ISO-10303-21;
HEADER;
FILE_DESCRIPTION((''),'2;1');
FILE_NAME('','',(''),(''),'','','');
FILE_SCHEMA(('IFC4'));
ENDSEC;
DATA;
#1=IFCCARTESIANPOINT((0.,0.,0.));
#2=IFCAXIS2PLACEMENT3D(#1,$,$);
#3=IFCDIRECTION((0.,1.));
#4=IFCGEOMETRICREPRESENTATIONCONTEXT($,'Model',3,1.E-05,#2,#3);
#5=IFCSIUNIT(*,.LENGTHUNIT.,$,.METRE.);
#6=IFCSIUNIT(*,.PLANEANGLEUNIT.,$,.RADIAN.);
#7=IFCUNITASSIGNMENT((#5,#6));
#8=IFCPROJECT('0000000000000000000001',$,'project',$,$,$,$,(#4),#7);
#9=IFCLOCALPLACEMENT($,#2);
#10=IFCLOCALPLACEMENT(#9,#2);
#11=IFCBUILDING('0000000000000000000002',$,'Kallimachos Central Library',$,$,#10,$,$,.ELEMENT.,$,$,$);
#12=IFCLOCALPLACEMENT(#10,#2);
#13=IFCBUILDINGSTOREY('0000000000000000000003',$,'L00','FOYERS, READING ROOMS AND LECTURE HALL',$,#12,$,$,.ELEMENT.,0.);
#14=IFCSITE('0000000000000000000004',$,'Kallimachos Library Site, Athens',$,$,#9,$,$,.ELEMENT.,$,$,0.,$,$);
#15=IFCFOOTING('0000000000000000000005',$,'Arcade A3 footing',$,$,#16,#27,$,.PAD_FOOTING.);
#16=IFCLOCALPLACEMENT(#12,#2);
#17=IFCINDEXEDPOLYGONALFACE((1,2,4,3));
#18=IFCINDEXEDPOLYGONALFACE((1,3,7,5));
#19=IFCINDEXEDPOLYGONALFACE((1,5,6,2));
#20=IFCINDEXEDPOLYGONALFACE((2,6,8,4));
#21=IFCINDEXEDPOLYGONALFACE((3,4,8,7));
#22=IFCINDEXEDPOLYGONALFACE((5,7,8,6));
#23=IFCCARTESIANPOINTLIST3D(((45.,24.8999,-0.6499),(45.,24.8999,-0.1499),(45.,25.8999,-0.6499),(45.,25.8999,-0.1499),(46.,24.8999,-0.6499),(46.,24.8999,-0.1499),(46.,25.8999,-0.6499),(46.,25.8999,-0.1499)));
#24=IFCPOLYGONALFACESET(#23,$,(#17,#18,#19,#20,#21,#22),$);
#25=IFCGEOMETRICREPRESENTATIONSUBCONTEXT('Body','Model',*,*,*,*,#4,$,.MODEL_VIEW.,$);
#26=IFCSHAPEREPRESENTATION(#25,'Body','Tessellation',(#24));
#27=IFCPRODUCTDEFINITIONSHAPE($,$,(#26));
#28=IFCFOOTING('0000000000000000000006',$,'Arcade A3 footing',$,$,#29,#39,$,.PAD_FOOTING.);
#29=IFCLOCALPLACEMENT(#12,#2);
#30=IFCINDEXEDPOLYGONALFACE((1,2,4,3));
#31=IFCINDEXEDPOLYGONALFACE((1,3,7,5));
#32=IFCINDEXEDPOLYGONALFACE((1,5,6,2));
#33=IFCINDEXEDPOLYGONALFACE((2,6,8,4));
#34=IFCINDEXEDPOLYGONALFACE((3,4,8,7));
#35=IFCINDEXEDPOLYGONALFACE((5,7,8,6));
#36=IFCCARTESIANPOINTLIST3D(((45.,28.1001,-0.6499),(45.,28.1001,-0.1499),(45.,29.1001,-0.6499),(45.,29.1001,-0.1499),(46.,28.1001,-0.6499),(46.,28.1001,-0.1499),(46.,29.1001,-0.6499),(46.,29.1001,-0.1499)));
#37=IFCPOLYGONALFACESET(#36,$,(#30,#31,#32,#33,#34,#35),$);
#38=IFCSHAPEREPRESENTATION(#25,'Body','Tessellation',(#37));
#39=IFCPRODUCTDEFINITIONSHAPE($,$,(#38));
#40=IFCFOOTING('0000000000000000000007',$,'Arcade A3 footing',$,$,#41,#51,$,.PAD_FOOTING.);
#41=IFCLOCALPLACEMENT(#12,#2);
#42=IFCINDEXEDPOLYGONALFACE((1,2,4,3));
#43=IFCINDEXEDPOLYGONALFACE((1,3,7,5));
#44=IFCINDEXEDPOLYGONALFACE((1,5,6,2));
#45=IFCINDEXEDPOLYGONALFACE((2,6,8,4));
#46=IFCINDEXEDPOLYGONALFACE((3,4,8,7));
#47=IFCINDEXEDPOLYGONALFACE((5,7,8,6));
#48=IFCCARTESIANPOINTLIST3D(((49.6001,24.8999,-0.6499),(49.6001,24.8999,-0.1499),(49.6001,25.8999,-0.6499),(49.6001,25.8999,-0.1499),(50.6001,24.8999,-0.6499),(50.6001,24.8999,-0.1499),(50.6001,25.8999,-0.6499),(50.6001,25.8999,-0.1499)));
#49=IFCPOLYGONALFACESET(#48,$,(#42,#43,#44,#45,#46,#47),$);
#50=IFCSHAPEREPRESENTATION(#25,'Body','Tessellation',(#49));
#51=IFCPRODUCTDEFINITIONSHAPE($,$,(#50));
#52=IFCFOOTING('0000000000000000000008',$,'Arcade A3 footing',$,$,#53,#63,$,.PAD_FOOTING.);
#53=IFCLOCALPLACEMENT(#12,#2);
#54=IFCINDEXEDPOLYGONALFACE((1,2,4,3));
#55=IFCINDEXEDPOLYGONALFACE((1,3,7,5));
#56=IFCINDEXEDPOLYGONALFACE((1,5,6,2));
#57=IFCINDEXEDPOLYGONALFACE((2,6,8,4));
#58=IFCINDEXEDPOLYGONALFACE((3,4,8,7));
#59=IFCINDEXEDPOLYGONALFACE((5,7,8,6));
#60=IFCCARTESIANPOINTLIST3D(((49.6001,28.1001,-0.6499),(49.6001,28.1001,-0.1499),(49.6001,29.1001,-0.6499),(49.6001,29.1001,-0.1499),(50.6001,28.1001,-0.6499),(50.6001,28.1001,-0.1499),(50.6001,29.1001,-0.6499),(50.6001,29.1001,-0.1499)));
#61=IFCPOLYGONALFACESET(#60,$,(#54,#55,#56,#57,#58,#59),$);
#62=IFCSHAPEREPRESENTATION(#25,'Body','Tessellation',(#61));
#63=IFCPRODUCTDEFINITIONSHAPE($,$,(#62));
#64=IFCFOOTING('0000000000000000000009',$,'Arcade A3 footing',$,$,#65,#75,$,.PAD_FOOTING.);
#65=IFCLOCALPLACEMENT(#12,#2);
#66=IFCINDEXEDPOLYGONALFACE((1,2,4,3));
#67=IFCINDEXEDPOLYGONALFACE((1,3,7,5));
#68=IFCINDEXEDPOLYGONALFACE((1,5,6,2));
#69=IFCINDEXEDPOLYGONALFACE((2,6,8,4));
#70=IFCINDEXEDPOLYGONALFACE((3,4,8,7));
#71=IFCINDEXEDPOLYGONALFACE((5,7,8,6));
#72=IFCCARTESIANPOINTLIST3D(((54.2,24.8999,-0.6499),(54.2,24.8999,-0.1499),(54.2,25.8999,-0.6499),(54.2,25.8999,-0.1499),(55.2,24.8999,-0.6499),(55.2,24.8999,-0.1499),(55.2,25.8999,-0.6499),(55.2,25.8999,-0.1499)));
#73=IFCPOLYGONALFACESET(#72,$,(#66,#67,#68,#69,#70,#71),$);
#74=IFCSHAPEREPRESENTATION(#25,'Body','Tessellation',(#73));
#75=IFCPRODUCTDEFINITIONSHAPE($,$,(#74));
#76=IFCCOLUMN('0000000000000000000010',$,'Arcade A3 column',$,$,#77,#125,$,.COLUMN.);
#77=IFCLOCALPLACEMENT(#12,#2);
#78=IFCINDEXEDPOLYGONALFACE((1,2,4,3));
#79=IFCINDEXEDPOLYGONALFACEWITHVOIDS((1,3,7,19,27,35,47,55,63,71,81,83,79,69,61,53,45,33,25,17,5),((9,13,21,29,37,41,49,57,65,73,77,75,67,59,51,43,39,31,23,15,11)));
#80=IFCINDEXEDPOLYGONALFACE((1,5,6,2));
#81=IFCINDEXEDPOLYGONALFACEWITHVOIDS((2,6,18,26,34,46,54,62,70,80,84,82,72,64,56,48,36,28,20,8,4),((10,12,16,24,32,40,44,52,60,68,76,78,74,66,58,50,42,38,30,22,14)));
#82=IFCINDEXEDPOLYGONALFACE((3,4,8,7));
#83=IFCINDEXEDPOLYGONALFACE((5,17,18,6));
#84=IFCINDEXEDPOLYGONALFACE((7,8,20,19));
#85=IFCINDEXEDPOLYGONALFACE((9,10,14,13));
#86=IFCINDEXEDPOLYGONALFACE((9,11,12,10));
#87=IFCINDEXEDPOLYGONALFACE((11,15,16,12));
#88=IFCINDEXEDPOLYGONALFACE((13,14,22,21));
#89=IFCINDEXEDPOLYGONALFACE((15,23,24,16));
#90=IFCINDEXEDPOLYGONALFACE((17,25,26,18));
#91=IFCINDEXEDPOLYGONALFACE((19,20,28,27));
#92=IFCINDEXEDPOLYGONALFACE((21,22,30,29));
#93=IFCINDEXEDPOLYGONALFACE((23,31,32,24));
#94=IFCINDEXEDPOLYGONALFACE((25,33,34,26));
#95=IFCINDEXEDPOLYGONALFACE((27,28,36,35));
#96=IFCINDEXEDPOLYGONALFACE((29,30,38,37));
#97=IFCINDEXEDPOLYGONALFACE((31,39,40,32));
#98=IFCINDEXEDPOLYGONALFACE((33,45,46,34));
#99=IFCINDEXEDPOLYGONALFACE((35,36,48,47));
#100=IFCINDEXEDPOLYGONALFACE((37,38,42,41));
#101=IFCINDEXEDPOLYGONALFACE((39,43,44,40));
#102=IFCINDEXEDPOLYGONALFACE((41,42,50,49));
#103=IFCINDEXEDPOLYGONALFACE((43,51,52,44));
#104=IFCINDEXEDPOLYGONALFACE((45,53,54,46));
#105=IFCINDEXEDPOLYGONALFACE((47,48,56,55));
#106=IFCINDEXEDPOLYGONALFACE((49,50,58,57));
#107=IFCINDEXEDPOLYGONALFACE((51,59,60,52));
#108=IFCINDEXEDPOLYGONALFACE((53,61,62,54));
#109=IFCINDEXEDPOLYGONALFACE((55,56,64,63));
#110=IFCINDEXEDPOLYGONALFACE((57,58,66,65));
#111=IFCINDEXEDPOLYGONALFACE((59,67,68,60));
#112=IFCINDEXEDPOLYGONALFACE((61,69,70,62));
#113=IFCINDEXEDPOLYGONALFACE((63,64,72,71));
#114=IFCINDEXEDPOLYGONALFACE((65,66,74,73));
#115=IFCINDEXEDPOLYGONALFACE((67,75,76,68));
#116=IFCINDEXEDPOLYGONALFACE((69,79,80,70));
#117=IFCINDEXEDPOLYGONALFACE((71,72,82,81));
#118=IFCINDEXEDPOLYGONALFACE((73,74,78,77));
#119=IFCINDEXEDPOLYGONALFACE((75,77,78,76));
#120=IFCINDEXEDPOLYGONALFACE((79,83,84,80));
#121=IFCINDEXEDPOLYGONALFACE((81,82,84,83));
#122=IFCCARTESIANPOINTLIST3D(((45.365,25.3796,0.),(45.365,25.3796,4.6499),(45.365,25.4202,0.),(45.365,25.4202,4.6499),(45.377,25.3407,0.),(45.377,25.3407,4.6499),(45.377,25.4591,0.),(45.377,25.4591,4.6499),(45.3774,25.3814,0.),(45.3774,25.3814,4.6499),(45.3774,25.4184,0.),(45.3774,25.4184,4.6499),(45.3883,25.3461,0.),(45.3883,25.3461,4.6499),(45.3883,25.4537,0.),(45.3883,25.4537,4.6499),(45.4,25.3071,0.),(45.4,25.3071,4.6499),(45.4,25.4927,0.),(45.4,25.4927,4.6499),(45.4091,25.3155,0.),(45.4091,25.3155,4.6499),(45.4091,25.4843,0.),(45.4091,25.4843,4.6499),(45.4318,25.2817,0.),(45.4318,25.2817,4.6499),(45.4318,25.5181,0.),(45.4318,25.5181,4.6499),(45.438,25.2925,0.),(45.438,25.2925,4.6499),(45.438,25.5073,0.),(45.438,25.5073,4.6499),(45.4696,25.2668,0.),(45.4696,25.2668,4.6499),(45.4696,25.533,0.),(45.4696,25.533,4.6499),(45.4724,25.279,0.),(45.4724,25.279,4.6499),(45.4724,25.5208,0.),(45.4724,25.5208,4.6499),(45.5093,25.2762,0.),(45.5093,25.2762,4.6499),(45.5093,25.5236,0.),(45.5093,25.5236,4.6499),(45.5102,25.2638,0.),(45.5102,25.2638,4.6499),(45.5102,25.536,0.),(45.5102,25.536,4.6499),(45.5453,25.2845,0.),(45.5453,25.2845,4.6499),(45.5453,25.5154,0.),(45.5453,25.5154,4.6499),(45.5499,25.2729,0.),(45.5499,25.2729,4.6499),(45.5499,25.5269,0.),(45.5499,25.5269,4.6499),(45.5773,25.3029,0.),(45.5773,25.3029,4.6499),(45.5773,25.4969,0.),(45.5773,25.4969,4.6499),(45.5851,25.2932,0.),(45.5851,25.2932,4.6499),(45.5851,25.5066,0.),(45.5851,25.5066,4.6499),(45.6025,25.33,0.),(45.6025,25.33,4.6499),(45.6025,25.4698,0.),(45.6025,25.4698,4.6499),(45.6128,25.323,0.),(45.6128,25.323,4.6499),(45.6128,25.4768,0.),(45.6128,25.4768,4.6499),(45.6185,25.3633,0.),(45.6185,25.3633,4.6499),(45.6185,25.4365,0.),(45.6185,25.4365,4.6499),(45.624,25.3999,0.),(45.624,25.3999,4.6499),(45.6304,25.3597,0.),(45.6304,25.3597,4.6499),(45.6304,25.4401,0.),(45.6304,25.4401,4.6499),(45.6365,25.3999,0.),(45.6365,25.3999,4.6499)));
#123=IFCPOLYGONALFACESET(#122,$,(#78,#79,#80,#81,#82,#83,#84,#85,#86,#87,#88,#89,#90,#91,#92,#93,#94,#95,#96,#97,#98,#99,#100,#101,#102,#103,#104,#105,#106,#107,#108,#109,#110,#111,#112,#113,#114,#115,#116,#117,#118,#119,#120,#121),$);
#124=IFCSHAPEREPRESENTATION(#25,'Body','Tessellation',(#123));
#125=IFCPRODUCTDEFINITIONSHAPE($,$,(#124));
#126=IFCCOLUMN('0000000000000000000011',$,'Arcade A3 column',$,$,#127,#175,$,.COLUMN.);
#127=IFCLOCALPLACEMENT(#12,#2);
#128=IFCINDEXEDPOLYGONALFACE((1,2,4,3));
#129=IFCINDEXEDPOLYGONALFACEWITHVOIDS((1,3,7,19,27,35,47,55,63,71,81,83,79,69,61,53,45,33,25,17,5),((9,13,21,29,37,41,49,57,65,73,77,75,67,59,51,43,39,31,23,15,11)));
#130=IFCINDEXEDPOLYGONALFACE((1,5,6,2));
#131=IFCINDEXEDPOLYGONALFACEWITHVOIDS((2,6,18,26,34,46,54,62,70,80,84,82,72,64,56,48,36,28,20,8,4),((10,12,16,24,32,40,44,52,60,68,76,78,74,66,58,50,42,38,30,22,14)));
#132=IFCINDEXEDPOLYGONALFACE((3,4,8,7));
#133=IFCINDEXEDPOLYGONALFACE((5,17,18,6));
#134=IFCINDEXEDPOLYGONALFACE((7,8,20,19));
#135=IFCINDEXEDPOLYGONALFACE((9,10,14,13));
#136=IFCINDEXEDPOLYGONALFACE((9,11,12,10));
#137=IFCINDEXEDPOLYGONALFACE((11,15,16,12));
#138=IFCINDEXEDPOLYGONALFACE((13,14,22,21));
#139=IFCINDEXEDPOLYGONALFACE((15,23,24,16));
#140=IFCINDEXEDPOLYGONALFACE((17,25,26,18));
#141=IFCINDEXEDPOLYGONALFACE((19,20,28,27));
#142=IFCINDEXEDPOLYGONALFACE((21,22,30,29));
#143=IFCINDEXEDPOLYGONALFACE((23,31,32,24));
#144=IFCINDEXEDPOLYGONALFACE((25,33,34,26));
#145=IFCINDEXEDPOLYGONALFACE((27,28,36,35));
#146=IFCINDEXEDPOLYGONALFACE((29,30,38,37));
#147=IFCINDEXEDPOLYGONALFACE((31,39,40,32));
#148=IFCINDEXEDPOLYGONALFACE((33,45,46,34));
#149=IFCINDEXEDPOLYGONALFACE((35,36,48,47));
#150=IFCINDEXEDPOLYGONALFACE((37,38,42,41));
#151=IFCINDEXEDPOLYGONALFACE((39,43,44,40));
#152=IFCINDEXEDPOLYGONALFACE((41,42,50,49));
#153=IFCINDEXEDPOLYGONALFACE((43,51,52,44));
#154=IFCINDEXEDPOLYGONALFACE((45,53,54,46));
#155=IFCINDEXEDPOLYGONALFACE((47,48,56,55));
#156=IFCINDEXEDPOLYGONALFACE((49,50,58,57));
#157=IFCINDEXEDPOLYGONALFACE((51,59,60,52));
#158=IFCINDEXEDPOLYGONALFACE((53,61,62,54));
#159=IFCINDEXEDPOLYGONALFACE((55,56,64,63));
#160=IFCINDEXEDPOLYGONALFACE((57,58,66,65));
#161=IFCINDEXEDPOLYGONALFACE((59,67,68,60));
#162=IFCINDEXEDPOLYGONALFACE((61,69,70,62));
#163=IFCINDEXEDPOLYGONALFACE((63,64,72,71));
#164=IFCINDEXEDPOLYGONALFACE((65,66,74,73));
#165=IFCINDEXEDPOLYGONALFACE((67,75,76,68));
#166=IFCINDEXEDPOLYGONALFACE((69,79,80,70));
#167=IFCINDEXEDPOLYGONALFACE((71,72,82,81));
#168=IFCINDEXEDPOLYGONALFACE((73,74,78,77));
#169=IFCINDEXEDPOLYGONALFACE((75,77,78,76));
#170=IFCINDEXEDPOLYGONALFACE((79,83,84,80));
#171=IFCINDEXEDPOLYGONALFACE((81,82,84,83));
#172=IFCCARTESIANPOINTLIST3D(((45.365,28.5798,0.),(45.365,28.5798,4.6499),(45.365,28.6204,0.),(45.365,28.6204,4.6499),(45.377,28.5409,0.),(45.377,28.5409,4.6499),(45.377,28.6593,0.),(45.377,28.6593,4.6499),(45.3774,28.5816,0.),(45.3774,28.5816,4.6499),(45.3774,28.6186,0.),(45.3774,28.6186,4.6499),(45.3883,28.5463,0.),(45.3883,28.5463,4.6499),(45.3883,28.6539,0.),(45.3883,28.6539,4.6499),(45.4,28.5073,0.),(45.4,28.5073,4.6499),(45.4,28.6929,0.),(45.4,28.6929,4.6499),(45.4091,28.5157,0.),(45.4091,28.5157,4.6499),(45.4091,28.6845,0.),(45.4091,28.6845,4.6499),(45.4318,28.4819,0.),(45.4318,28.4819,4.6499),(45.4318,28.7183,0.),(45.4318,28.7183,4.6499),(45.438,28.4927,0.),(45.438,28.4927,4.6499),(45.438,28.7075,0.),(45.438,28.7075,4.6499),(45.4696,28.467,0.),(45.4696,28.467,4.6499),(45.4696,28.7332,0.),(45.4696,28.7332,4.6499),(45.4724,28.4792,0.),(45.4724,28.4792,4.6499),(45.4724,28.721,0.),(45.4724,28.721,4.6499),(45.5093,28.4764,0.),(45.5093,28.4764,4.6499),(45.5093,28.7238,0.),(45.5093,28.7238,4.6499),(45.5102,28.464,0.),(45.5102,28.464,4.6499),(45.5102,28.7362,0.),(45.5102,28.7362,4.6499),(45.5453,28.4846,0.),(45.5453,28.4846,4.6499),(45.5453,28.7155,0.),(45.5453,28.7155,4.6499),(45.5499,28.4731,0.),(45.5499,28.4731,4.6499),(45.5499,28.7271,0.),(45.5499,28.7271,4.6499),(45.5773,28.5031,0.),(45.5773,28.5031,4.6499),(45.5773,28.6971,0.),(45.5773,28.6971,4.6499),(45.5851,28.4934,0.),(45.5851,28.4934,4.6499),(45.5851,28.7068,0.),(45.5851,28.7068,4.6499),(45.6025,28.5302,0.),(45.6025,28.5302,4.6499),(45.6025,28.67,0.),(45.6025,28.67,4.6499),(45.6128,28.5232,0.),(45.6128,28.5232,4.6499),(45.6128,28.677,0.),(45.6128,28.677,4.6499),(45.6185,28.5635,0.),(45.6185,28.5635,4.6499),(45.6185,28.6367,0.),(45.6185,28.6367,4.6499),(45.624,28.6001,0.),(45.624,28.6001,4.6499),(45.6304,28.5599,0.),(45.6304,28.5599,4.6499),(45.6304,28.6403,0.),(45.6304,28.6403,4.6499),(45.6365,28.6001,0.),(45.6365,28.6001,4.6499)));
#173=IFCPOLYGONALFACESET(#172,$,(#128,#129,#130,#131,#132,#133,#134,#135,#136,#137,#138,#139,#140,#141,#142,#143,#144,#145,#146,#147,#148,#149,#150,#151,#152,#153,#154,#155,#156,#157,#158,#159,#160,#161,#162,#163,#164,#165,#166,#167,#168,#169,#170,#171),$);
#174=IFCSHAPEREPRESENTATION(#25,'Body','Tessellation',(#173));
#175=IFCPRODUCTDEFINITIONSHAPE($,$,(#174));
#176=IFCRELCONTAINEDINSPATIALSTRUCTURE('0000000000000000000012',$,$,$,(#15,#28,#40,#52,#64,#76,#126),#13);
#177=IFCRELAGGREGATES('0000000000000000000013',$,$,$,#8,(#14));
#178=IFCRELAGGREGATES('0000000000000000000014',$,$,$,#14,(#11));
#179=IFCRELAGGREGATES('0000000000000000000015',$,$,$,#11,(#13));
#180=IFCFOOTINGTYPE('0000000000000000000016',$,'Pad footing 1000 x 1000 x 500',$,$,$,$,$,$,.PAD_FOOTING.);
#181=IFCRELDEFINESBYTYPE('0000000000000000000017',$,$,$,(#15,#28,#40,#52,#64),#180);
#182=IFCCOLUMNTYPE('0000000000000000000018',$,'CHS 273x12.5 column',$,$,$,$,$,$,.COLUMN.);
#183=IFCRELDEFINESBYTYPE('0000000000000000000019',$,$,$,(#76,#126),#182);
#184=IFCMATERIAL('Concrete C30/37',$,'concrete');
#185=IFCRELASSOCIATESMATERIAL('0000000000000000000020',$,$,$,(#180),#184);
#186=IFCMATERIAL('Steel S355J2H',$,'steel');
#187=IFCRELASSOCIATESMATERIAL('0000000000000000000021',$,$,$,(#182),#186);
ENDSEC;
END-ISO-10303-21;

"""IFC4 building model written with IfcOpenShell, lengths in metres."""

from ifc_helpers import new_model, si_unit, direction, frame, origin, origin_2d, place, context, subcontext, project, spatial, rectangle, hollow_circle, extrude, material, material_profile, profile_set, type_object, element, save


model = new_model("IFC4")

# Units and contexts
model_context = context("Model", 3, precision=1e-05, world=origin(), true_north=direction((0.0, 1.0)))
body_context = subcontext(model_context, "Body", "Model", "MODEL_VIEW")
ifc_project = project(units=[si_unit("LENGTHUNIT", "METRE"), si_unit("PLANEANGLEUNIT", "RADIAN")], contexts=[model_context])

# Site, building, storey
site_placement = place(None, origin())
site = spatial("IfcSite", under=ifc_project, at=site_placement, Name="Kallimachos Library Site, Athens", CompositionType="ELEMENT", RefElevation=0.0)
building_placement = place(site_placement, origin())
building = spatial("IfcBuilding", under=site, at=building_placement, Name="Kallimachos Central Library", CompositionType="ELEMENT")
storey_placement = place(building_placement, origin())
storey = spatial("IfcBuildingStorey", under=building, at=storey_placement, Name="L00", Description="FOYERS, READING ROOMS AND LECTURE HALL", CompositionType="ELEMENT", Elevation=0.0)

# Footings
ifc_material_1 = material(Name="Concrete C30/37", Category="concrete")
footing_type = type_object("IfcFootingType", Name="Pad footing 1000 x 1000 x 500", PredefinedType="PAD_FOOTING", material=ifc_material_1)
for number, where, z_axis, x_axis, name in (
    (1, (45.5, 25.3999, -0.6499), (0.0, 0.0, 1.0), (1.0, 0.0, 0.0), "Arcade A3 footing"),
    (2, (45.5, 28.6001, -0.6499), (0.0, 0.0, 1.0), (1.0, 0.0, 0.0), "Arcade A3 footing"),
    (3, (50.1001, 25.3999, -0.6499), (0.0, 0.0, 1.0), (1.0, 0.0, 0.0), "Arcade A3 footing"),
    (4, (50.1001, 28.6001, -0.6499), (0.0, 0.0, 1.0), (1.0, 0.0, 0.0), "Arcade A3 footing"),
    (5, (54.7, 25.3999, -0.6499), (0.0, 0.0, 1.0), (1.0, 0.0, 0.0), "Arcade A3 footing"),
):
    element("IfcFooting", number, at=place(storey_placement, frame(where, z_axis=z_axis, x_axis=x_axis)), inside=storey, type_object=footing_type, Name=name, PredefinedType="PAD_FOOTING", context=body_context, shape_type="SweptSolid", body=[
        extrude(rectangle(XDim=1.0, YDim=1.0, at=origin_2d()), origin(), (0.0, 0.0, 1.0), 0.5),
    ])

# Columns
ifc_material_2 = material(Name="Steel S355J2H", Category="steel")
ifc_material_profile_1 = material_profile(ifc_material_2, hollow_circle(Radius=0.1365, WallThickness=0.0125, at=origin_2d()), Name="CHS 273x12.5")
ifc_profile_set_1 = profile_set([ifc_material_profile_1], Name="Steel S355J2H")
column_type = type_object("IfcColumnType", Name="CHS 273x12.5 column", PredefinedType="COLUMN", material=ifc_profile_set_1)
for number, where, z_axis, x_axis, name in (
    (6, (45.5, 25.3999, 0.0), (0.0, 0.0, 1.0), (1.0, 0.0, 0.0), "Arcade A3 column"),
    (7, (45.5, 28.6001, 0.0), (0.0, 0.0, 1.0), (1.0, 0.0, 0.0), "Arcade A3 column"),
):
    element("IfcColumn", number, at=place(storey_placement, frame(where, z_axis=z_axis, x_axis=x_axis)), inside=storey, type_object=column_type, Name=name, PredefinedType="COLUMN", context=body_context, shape_type="SweptSolid", body=[
        extrude(hollow_circle(Radius=0.1365, WallThickness=0.0125, at=origin_2d()), origin(), (0.0, 0.0, 1.0), 4.6499),
    ])

save(model, "model.ifc")
